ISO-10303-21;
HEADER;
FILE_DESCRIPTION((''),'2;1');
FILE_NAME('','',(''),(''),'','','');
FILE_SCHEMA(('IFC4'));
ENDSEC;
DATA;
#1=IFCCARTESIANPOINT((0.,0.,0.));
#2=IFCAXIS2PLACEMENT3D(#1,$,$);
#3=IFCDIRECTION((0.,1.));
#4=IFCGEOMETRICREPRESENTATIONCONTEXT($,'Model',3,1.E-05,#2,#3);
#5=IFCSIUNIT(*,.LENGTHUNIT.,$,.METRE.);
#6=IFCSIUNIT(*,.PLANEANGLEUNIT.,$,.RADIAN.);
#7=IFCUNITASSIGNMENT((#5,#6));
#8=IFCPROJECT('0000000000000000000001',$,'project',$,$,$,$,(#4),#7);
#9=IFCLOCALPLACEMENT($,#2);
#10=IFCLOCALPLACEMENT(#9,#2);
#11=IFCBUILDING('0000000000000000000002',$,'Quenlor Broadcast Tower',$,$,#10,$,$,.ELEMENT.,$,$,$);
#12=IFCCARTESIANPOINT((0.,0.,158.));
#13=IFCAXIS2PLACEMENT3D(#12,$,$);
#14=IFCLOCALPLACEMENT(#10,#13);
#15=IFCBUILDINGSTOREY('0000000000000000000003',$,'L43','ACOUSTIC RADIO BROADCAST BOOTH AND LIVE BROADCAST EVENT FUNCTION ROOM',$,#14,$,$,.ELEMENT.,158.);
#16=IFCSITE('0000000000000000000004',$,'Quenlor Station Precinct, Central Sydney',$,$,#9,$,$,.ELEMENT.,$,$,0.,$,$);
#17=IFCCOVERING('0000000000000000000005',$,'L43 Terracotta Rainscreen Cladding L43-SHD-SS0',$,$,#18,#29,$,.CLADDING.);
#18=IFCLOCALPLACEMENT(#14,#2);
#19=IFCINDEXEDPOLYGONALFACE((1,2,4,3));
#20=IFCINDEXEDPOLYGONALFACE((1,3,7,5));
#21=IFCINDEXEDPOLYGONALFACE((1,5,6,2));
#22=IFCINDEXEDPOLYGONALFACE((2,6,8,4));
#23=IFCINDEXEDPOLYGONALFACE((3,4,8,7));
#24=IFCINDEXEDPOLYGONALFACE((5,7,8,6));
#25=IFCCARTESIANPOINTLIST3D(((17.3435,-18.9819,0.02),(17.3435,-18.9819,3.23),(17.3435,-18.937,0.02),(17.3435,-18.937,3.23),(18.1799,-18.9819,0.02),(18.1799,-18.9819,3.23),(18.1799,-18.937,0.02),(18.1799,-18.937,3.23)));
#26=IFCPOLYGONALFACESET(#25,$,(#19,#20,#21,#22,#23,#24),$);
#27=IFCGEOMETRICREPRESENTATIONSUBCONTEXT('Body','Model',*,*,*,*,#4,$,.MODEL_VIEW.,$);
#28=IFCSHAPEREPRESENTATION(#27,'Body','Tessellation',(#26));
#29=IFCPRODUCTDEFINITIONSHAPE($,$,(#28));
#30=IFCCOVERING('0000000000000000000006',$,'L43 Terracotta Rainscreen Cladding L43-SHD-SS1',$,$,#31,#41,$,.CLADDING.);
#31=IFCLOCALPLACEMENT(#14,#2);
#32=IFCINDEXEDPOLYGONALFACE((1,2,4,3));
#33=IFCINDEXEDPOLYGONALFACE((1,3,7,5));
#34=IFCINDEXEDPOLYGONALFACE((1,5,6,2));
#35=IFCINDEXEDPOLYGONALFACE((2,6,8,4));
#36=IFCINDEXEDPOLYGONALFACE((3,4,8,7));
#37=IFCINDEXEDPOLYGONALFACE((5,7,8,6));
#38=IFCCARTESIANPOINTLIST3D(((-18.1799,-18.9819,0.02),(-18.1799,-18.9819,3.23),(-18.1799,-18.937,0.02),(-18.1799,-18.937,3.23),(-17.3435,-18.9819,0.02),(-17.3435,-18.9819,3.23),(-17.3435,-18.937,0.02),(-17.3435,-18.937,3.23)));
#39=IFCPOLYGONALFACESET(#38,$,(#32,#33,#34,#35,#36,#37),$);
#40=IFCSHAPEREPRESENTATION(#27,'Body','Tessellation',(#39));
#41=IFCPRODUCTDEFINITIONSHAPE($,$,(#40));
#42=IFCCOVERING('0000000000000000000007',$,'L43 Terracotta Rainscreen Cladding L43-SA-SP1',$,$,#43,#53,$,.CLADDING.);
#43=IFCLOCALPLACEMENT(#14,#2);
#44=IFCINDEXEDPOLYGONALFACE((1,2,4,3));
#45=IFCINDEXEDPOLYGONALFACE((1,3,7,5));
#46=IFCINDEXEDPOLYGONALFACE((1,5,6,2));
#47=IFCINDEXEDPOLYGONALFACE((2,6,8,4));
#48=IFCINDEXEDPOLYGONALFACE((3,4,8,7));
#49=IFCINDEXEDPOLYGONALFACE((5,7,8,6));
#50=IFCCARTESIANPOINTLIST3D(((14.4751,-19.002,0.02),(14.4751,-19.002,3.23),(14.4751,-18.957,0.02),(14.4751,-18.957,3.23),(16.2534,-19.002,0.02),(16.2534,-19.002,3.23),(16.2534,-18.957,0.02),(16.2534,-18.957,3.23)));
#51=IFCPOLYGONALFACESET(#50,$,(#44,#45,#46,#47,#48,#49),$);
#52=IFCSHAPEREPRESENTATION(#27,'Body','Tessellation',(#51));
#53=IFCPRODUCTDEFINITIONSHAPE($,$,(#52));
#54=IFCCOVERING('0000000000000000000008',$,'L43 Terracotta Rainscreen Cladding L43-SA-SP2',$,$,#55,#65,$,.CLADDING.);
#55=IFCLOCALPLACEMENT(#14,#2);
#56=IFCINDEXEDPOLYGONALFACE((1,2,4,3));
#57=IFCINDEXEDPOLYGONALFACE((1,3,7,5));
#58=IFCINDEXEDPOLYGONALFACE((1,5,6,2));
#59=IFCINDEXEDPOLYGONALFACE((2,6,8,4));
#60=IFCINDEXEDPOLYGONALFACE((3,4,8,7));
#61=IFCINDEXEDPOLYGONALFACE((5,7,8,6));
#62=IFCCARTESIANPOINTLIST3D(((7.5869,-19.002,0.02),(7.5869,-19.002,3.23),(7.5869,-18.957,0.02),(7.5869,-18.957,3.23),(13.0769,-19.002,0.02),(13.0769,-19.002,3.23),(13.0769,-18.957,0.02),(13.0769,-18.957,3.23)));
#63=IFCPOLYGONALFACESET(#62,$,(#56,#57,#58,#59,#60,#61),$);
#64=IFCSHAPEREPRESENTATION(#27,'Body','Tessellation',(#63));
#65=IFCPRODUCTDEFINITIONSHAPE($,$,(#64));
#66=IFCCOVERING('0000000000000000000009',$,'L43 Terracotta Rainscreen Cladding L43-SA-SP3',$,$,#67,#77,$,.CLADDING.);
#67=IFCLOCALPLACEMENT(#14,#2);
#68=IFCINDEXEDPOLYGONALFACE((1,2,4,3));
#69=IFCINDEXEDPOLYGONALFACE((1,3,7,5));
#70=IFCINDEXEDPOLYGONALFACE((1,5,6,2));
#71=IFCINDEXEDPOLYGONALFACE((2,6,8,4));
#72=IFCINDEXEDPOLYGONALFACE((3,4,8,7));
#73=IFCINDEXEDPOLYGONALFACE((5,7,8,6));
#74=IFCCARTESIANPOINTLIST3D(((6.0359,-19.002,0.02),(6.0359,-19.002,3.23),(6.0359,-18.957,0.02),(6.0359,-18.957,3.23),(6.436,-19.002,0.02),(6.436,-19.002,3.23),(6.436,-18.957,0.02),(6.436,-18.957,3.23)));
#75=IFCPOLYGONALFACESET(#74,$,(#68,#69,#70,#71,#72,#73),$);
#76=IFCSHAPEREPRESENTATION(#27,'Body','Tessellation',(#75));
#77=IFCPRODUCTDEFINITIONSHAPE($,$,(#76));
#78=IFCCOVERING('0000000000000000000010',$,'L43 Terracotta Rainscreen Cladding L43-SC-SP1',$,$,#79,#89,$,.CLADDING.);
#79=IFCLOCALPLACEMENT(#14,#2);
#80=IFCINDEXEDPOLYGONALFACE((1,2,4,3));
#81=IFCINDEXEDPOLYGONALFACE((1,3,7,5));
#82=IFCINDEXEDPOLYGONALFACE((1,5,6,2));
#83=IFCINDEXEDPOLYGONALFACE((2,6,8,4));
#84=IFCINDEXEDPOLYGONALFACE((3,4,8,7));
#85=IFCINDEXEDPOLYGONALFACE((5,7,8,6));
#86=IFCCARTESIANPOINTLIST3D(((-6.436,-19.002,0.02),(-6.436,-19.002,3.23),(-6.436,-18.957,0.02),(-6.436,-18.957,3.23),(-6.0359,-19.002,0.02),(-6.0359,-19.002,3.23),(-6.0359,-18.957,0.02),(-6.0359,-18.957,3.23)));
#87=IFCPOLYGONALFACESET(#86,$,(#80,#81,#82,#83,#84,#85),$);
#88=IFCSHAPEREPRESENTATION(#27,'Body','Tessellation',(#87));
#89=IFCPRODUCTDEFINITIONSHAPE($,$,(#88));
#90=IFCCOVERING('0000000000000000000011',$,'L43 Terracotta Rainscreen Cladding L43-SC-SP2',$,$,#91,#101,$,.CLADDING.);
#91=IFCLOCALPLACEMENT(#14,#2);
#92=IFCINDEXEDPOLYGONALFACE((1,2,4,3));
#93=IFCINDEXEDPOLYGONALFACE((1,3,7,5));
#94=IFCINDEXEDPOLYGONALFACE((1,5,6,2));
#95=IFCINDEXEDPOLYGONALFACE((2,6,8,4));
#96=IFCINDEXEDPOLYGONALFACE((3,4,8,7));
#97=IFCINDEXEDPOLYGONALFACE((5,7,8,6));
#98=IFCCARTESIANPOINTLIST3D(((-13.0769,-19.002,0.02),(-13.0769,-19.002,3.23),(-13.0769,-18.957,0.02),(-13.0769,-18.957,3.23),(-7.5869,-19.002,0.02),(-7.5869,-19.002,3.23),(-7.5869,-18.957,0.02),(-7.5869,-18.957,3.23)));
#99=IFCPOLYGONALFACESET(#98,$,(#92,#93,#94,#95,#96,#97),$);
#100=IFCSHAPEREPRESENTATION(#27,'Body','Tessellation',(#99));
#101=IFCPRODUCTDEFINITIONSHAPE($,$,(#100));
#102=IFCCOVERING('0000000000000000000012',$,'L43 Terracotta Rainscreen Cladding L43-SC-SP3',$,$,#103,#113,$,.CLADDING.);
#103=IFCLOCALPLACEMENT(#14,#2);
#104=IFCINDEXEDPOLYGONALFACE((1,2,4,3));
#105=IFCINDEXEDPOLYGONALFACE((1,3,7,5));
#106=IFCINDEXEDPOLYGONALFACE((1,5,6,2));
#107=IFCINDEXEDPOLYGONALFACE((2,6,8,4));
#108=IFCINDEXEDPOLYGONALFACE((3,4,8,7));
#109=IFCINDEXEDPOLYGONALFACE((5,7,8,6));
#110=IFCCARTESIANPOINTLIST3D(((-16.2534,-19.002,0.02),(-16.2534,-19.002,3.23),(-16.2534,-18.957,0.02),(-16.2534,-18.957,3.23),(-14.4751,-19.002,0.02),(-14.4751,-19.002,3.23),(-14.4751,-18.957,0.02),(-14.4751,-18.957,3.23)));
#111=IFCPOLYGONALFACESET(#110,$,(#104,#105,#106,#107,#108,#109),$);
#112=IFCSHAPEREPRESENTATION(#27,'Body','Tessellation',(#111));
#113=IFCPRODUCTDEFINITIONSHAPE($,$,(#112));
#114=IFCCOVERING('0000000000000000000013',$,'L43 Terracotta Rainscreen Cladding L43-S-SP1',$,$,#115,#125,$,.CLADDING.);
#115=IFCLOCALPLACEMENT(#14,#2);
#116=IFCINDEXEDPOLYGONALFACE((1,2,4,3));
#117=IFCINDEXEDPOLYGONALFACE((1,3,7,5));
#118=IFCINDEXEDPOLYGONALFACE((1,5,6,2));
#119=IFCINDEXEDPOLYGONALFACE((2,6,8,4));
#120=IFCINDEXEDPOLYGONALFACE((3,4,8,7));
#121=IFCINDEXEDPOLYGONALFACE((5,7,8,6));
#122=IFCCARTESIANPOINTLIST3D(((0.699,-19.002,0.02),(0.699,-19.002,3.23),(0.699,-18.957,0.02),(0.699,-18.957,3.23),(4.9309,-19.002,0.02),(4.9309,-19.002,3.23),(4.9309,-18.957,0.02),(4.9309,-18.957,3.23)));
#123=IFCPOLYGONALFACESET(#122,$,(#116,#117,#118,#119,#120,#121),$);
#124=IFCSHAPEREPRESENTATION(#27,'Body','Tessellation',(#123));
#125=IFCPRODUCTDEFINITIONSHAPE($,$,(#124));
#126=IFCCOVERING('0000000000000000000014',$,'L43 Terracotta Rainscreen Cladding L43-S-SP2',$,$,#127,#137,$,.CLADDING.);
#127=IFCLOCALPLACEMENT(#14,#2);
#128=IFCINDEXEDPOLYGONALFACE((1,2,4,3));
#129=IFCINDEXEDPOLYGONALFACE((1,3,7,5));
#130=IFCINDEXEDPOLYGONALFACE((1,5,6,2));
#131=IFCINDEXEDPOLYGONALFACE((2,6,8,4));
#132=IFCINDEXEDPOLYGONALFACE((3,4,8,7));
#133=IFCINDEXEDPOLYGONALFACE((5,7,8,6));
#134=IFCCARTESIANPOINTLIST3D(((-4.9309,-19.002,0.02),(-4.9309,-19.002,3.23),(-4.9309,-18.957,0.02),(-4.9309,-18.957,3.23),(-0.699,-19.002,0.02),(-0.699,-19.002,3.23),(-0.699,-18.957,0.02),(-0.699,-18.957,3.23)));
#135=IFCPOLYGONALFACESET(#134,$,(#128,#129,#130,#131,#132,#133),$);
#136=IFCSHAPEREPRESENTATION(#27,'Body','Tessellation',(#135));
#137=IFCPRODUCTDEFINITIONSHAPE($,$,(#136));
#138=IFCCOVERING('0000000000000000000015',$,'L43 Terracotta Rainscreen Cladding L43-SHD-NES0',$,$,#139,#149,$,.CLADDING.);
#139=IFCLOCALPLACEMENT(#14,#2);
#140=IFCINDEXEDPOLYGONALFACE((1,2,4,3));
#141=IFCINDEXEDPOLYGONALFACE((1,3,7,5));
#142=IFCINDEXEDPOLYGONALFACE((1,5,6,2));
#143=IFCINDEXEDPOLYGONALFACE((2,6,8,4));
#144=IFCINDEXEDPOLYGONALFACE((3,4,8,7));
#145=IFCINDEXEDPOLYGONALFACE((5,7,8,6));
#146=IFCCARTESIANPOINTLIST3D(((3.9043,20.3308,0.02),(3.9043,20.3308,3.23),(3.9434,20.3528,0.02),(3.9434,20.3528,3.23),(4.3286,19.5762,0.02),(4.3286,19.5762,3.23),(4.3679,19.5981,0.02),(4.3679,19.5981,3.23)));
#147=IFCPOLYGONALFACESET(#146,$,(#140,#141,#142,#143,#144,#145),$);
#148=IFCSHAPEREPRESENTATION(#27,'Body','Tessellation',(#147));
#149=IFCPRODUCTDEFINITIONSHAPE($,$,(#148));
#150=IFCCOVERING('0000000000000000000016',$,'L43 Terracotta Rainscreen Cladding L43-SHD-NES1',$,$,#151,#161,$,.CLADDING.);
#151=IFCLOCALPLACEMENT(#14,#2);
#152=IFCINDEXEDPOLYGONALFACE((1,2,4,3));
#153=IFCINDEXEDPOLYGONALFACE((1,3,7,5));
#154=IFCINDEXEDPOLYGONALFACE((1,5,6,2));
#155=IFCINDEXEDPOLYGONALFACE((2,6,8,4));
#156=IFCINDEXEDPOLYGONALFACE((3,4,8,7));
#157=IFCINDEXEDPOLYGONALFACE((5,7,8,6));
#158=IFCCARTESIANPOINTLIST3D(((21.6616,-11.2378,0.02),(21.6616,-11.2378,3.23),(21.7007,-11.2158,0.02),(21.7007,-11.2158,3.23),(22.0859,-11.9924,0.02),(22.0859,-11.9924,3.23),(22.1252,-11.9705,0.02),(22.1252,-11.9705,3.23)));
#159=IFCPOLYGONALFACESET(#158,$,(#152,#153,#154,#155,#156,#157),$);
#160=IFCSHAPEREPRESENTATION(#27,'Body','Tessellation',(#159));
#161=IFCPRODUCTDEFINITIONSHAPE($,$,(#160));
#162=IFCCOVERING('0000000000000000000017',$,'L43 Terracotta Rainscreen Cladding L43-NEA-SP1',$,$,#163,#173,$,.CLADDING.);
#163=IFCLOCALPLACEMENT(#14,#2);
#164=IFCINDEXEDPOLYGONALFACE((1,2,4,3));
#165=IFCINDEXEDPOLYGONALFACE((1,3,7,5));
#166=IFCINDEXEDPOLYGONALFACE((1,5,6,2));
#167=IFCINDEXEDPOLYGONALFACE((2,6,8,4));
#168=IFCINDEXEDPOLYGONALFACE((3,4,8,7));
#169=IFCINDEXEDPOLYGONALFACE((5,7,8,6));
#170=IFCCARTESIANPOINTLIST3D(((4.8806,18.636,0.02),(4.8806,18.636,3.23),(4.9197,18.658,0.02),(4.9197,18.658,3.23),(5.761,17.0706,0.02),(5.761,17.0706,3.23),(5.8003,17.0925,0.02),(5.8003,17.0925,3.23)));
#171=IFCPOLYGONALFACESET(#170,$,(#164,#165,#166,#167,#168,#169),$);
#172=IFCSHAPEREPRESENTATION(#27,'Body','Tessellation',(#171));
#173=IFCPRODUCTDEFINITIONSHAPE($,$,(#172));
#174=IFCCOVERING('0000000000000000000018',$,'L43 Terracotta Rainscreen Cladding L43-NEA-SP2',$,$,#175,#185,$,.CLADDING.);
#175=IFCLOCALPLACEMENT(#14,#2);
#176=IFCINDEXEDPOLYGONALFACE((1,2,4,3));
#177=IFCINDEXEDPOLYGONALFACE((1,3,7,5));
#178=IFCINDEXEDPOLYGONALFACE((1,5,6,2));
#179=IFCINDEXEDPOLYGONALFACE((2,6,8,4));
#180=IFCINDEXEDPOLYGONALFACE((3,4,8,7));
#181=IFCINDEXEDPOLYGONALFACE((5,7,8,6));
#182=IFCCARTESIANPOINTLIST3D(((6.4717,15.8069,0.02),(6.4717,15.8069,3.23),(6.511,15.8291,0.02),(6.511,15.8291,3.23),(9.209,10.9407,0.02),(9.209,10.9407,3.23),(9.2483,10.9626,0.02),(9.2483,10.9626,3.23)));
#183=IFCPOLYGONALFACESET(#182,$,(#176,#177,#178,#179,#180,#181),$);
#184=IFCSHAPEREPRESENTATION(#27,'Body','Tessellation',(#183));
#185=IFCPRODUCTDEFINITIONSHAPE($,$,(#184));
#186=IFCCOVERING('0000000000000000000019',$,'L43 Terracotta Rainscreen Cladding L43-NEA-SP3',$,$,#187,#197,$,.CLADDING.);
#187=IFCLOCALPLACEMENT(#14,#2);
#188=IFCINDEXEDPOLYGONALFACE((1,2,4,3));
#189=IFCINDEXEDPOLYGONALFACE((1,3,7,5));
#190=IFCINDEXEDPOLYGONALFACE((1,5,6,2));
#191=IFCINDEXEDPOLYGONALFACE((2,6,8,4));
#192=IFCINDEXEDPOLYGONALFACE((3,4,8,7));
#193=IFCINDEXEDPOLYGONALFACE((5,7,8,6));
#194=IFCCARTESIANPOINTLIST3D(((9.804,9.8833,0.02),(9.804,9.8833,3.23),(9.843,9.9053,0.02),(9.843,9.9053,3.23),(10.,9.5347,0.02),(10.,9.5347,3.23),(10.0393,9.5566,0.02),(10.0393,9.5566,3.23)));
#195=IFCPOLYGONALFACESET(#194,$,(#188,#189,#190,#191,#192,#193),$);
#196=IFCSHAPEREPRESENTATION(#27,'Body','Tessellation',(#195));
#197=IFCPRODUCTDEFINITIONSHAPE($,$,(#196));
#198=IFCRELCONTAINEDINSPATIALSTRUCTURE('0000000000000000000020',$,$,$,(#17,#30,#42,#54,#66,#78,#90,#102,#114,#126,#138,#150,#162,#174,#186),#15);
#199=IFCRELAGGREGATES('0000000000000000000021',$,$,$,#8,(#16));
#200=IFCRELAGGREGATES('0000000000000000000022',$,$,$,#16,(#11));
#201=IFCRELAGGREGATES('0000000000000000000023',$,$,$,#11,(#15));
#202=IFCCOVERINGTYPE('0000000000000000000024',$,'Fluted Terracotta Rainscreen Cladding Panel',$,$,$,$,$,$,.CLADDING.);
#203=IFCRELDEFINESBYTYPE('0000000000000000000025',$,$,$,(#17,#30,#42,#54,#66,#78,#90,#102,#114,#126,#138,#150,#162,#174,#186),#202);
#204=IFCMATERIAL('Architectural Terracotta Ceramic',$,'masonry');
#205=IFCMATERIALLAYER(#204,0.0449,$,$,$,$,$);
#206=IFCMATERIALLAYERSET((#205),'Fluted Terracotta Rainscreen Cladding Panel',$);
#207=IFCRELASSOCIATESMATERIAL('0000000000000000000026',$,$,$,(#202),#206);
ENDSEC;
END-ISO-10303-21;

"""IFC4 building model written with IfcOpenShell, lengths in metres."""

from ifc_helpers import new_model, si_unit, direction, frame, origin, place, context, subcontext, project, spatial, polyline, outline, extrude, material, layer, layer_set, type_object, element, save


model = new_model("IFC4")

# Units and contexts
model_context = context("Model", 3, precision=1e-05, world=origin(), true_north=direction((0.0, 1.0)))
body_context = subcontext(model_context, "Body", "Model", "MODEL_VIEW")
ifc_project = project(units=[si_unit("LENGTHUNIT", "METRE"), si_unit("PLANEANGLEUNIT", "RADIAN")], contexts=[model_context])

# Site, building, storey
site_placement = place(None, origin())
site = spatial("IfcSite", under=ifc_project, at=site_placement, Name="Quenlor Station Precinct, Central Sydney", CompositionType="ELEMENT", RefElevation=0.0)
building_placement = place(site_placement, origin())
building = spatial("IfcBuilding", under=site, at=building_placement, Name="Quenlor Broadcast Tower", CompositionType="ELEMENT")
storey_placement = place(building_placement, frame((0.0, 0.0, 158.0)))
storey = spatial("IfcBuildingStorey", under=building, at=storey_placement, Name="L43", Description="ACOUSTIC RADIO BROADCAST BOOTH AND LIVE BROADCAST EVENT FUNCTION ROOM", CompositionType="ELEMENT", Elevation=158.0)

# Coverings
ifc_material = material(Name="Architectural Terracotta Ceramic", Category="masonry")
ifc_layer = layer(ifc_material, 0.0449)
ifc_layer_set = layer_set([ifc_layer], Name="Fluted Terracotta Rainscreen Cladding Panel")
covering_type = type_object("IfcCoveringType", Name="Fluted Terracotta Rainscreen Cladding Panel", PredefinedType="CLADDING", material=ifc_layer_set)
covering_1_placement = place(storey_placement, frame((0.0, 0.0, 0.02)))
element("IfcCovering", 1, at=covering_1_placement, inside=storey, type_object=covering_type, Name="L43 Terracotta Rainscreen Cladding L43-SHD-SS0", PredefinedType="CLADDING", context=body_context, shape_type="SweptSolid", body=[
    extrude(outline(polyline([(18.1799, -18.937), (17.3435, -18.937), (17.3435, -18.9819), (18.1799, -18.9819), (18.1799, -18.937)])), origin(), (0.0, 0.0, 1.0), 3.21),
])
covering_2_placement = place(storey_placement, frame((0.0, 0.0, 0.02)))
element("IfcCovering", 2, at=covering_2_placement, inside=storey, type_object=covering_type, Name="L43 Terracotta Rainscreen Cladding L43-SHD-SS1", PredefinedType="CLADDING", context=body_context, shape_type="SweptSolid", body=[
    extrude(outline(polyline([(-17.3435, -18.937), (-18.1799, -18.937), (-18.1799, -18.9819), (-17.3435, -18.9819), (-17.3435, -18.937)])), origin(), (0.0, 0.0, 1.0), 3.21),
])
covering_3_placement = place(storey_placement, frame((0.0, 0.0, 0.02)))
element("IfcCovering", 3, at=covering_3_placement, inside=storey, type_object=covering_type, Name="L43 Terracotta Rainscreen Cladding L43-SA-SP1", PredefinedType="CLADDING", context=body_context, shape_type="SweptSolid", body=[
    extrude(outline(polyline([(16.2534, -18.957), (14.4751, -18.957), (14.4751, -19.002), (16.2534, -19.002), (16.2534, -18.957)])), origin(), (0.0, 0.0, 1.0), 3.21),
])
covering_4_placement = place(storey_placement, frame((0.0, 0.0, 0.02)))
element("IfcCovering", 4, at=covering_4_placement, inside=storey, type_object=covering_type, Name="L43 Terracotta Rainscreen Cladding L43-SA-SP2", PredefinedType="CLADDING", context=body_context, shape_type="SweptSolid", body=[
    extrude(outline(polyline([(13.0769, -18.957), (7.5869, -18.957), (7.5869, -19.002), (13.0769, -19.002), (13.0769, -18.957)])), origin(), (0.0, 0.0, 1.0), 3.21),
])
covering_5_placement = place(storey_placement, frame((0.0, 0.0, 0.02)))
element("IfcCovering", 5, at=covering_5_placement, inside=storey, type_object=covering_type, Name="L43 Terracotta Rainscreen Cladding L43-SA-SP3", PredefinedType="CLADDING", context=body_context, shape_type="SweptSolid", body=[
    extrude(outline(polyline([(6.436, -18.957), (6.0359, -18.957), (6.0359, -19.002), (6.436, -19.002), (6.436, -18.957)])), origin(), (0.0, 0.0, 1.0), 3.21),
])
covering_6_placement = place(storey_placement, frame((0.0, 0.0, 0.02)))
element("IfcCovering", 6, at=covering_6_placement, inside=storey, type_object=covering_type, Name="L43 Terracotta Rainscreen Cladding L43-SC-SP1", PredefinedType="CLADDING", context=body_context, shape_type="SweptSolid", body=[
    extrude(outline(polyline([(-6.0359, -18.957), (-6.436, -18.957), (-6.436, -19.002), (-6.0359, -19.002), (-6.0359, -18.957)])), origin(), (0.0, 0.0, 1.0), 3.21),
])
covering_7_placement = place(storey_placement, frame((0.0, 0.0, 0.02)))
element("IfcCovering", 7, at=covering_7_placement, inside=storey, type_object=covering_type, Name="L43 Terracotta Rainscreen Cladding L43-SC-SP2", PredefinedType="CLADDING", context=body_context, shape_type="SweptSolid", body=[
    extrude(outline(polyline([(-7.5869, -18.957), (-13.0769, -18.957), (-13.0769, -19.002), (-7.5869, -19.002), (-7.5869, -18.957)])), origin(), (0.0, 0.0, 1.0), 3.21),
])
covering_8_placement = place(storey_placement, frame((0.0, 0.0, 0.02)))
element("IfcCovering", 8, at=covering_8_placement, inside=storey, type_object=covering_type, Name="L43 Terracotta Rainscreen Cladding L43-SC-SP3", PredefinedType="CLADDING", context=body_context, shape_type="SweptSolid", body=[
    extrude(outline(polyline([(-14.4751, -18.957), (-16.2534, -18.957), (-16.2534, -19.002), (-14.4751, -19.002), (-14.4751, -18.957)])), origin(), (0.0, 0.0, 1.0), 3.21),
])
covering_9_placement = place(storey_placement, frame((0.0, 0.0, 0.02)))
element("IfcCovering", 9, at=covering_9_placement, inside=storey, type_object=covering_type, Name="L43 Terracotta Rainscreen Cladding L43-S-SP1", PredefinedType="CLADDING", context=body_context, shape_type="SweptSolid", body=[
    extrude(outline(polyline([(4.9309, -18.957), (0.699, -18.957), (0.699, -19.002), (4.9309, -19.002), (4.9309, -18.957)])), origin(), (0.0, 0.0, 1.0), 3.21),
])
covering_10_placement = place(storey_placement, frame((0.0, 0.0, 0.02)))
element("IfcCovering", 10, at=covering_10_placement, inside=storey, type_object=covering_type, Name="L43 Terracotta Rainscreen Cladding L43-S-SP2", PredefinedType="CLADDING", context=body_context, shape_type="SweptSolid", body=[
    extrude(outline(polyline([(-0.699, -18.957), (-4.9309, -18.957), (-4.9309, -19.002), (-0.699, -19.002), (-0.699, -18.957)])), origin(), (0.0, 0.0, 1.0), 3.21),
])
covering_11_placement = place(storey_placement, frame((0.0, 0.0, 0.02)))
element("IfcCovering", 11, at=covering_11_placement, inside=storey, type_object=covering_type, Name="L43 Terracotta Rainscreen Cladding L43-SHD-NES0", PredefinedType="CLADDING", context=body_context, shape_type="SweptSolid", body=[
    extrude(outline(polyline([(3.9043, 20.3308), (4.3286, 19.5762), (4.3679, 19.5981), (3.9434, 20.3528), (3.9043, 20.3308)])), origin(), (0.0, 0.0, 1.0), 3.21),
])
covering_12_placement = place(storey_placement, frame((0.0, 0.0, 0.02)))
element("IfcCovering", 12, at=covering_12_placement, inside=storey, type_object=covering_type, Name="L43 Terracotta Rainscreen Cladding L43-SHD-NES1", PredefinedType="CLADDING", context=body_context, shape_type="SweptSolid", body=[
    extrude(outline(polyline([(21.6616, -11.2378), (22.0859, -11.9924), (22.1252, -11.9705), (21.7007, -11.2158), (21.6616, -11.2378)])), origin(), (0.0, 0.0, 1.0), 3.21),
])
covering_13_placement = place(storey_placement, frame((0.0, 0.0, 0.02)))
element("IfcCovering", 13, at=covering_13_placement, inside=storey, type_object=covering_type, Name="L43 Terracotta Rainscreen Cladding L43-NEA-SP1", PredefinedType="CLADDING", context=body_context, shape_type="SweptSolid", body=[
    extrude(outline(polyline([(4.8806, 18.636), (5.761, 17.0706), (5.8003, 17.0925), (4.9197, 18.658), (4.8806, 18.636)])), origin(), (0.0, 0.0, 1.0), 3.21),
])
covering_14_placement = place(storey_placement, frame((0.0, 0.0, 0.02)))
element("IfcCovering", 14, at=covering_14_placement, inside=storey, type_object=covering_type, Name="L43 Terracotta Rainscreen Cladding L43-NEA-SP2", PredefinedType="CLADDING", context=body_context, shape_type="SweptSolid", body=[
    extrude(outline(polyline([(6.4717, 15.8069), (9.209, 10.9407), (9.2483, 10.9626), (6.511, 15.8291), (6.4717, 15.8069)])), origin(), (0.0, 0.0, 1.0), 3.21),
])
covering_15_placement = place(storey_placement, frame((0.0, 0.0, 0.02)))
element("IfcCovering", 15, at=covering_15_placement, inside=storey, type_object=covering_type, Name="L43 Terracotta Rainscreen Cladding L43-NEA-SP3", PredefinedType="CLADDING", context=body_context, shape_type="SweptSolid", body=[
    extrude(outline(polyline([(9.804, 9.8833), (10.0, 9.5347), (10.0393, 9.5566), (9.843, 9.9053), (9.804, 9.8833)])), origin(), (0.0, 0.0, 1.0), 3.21),
])

save(model, "model.ifc")
